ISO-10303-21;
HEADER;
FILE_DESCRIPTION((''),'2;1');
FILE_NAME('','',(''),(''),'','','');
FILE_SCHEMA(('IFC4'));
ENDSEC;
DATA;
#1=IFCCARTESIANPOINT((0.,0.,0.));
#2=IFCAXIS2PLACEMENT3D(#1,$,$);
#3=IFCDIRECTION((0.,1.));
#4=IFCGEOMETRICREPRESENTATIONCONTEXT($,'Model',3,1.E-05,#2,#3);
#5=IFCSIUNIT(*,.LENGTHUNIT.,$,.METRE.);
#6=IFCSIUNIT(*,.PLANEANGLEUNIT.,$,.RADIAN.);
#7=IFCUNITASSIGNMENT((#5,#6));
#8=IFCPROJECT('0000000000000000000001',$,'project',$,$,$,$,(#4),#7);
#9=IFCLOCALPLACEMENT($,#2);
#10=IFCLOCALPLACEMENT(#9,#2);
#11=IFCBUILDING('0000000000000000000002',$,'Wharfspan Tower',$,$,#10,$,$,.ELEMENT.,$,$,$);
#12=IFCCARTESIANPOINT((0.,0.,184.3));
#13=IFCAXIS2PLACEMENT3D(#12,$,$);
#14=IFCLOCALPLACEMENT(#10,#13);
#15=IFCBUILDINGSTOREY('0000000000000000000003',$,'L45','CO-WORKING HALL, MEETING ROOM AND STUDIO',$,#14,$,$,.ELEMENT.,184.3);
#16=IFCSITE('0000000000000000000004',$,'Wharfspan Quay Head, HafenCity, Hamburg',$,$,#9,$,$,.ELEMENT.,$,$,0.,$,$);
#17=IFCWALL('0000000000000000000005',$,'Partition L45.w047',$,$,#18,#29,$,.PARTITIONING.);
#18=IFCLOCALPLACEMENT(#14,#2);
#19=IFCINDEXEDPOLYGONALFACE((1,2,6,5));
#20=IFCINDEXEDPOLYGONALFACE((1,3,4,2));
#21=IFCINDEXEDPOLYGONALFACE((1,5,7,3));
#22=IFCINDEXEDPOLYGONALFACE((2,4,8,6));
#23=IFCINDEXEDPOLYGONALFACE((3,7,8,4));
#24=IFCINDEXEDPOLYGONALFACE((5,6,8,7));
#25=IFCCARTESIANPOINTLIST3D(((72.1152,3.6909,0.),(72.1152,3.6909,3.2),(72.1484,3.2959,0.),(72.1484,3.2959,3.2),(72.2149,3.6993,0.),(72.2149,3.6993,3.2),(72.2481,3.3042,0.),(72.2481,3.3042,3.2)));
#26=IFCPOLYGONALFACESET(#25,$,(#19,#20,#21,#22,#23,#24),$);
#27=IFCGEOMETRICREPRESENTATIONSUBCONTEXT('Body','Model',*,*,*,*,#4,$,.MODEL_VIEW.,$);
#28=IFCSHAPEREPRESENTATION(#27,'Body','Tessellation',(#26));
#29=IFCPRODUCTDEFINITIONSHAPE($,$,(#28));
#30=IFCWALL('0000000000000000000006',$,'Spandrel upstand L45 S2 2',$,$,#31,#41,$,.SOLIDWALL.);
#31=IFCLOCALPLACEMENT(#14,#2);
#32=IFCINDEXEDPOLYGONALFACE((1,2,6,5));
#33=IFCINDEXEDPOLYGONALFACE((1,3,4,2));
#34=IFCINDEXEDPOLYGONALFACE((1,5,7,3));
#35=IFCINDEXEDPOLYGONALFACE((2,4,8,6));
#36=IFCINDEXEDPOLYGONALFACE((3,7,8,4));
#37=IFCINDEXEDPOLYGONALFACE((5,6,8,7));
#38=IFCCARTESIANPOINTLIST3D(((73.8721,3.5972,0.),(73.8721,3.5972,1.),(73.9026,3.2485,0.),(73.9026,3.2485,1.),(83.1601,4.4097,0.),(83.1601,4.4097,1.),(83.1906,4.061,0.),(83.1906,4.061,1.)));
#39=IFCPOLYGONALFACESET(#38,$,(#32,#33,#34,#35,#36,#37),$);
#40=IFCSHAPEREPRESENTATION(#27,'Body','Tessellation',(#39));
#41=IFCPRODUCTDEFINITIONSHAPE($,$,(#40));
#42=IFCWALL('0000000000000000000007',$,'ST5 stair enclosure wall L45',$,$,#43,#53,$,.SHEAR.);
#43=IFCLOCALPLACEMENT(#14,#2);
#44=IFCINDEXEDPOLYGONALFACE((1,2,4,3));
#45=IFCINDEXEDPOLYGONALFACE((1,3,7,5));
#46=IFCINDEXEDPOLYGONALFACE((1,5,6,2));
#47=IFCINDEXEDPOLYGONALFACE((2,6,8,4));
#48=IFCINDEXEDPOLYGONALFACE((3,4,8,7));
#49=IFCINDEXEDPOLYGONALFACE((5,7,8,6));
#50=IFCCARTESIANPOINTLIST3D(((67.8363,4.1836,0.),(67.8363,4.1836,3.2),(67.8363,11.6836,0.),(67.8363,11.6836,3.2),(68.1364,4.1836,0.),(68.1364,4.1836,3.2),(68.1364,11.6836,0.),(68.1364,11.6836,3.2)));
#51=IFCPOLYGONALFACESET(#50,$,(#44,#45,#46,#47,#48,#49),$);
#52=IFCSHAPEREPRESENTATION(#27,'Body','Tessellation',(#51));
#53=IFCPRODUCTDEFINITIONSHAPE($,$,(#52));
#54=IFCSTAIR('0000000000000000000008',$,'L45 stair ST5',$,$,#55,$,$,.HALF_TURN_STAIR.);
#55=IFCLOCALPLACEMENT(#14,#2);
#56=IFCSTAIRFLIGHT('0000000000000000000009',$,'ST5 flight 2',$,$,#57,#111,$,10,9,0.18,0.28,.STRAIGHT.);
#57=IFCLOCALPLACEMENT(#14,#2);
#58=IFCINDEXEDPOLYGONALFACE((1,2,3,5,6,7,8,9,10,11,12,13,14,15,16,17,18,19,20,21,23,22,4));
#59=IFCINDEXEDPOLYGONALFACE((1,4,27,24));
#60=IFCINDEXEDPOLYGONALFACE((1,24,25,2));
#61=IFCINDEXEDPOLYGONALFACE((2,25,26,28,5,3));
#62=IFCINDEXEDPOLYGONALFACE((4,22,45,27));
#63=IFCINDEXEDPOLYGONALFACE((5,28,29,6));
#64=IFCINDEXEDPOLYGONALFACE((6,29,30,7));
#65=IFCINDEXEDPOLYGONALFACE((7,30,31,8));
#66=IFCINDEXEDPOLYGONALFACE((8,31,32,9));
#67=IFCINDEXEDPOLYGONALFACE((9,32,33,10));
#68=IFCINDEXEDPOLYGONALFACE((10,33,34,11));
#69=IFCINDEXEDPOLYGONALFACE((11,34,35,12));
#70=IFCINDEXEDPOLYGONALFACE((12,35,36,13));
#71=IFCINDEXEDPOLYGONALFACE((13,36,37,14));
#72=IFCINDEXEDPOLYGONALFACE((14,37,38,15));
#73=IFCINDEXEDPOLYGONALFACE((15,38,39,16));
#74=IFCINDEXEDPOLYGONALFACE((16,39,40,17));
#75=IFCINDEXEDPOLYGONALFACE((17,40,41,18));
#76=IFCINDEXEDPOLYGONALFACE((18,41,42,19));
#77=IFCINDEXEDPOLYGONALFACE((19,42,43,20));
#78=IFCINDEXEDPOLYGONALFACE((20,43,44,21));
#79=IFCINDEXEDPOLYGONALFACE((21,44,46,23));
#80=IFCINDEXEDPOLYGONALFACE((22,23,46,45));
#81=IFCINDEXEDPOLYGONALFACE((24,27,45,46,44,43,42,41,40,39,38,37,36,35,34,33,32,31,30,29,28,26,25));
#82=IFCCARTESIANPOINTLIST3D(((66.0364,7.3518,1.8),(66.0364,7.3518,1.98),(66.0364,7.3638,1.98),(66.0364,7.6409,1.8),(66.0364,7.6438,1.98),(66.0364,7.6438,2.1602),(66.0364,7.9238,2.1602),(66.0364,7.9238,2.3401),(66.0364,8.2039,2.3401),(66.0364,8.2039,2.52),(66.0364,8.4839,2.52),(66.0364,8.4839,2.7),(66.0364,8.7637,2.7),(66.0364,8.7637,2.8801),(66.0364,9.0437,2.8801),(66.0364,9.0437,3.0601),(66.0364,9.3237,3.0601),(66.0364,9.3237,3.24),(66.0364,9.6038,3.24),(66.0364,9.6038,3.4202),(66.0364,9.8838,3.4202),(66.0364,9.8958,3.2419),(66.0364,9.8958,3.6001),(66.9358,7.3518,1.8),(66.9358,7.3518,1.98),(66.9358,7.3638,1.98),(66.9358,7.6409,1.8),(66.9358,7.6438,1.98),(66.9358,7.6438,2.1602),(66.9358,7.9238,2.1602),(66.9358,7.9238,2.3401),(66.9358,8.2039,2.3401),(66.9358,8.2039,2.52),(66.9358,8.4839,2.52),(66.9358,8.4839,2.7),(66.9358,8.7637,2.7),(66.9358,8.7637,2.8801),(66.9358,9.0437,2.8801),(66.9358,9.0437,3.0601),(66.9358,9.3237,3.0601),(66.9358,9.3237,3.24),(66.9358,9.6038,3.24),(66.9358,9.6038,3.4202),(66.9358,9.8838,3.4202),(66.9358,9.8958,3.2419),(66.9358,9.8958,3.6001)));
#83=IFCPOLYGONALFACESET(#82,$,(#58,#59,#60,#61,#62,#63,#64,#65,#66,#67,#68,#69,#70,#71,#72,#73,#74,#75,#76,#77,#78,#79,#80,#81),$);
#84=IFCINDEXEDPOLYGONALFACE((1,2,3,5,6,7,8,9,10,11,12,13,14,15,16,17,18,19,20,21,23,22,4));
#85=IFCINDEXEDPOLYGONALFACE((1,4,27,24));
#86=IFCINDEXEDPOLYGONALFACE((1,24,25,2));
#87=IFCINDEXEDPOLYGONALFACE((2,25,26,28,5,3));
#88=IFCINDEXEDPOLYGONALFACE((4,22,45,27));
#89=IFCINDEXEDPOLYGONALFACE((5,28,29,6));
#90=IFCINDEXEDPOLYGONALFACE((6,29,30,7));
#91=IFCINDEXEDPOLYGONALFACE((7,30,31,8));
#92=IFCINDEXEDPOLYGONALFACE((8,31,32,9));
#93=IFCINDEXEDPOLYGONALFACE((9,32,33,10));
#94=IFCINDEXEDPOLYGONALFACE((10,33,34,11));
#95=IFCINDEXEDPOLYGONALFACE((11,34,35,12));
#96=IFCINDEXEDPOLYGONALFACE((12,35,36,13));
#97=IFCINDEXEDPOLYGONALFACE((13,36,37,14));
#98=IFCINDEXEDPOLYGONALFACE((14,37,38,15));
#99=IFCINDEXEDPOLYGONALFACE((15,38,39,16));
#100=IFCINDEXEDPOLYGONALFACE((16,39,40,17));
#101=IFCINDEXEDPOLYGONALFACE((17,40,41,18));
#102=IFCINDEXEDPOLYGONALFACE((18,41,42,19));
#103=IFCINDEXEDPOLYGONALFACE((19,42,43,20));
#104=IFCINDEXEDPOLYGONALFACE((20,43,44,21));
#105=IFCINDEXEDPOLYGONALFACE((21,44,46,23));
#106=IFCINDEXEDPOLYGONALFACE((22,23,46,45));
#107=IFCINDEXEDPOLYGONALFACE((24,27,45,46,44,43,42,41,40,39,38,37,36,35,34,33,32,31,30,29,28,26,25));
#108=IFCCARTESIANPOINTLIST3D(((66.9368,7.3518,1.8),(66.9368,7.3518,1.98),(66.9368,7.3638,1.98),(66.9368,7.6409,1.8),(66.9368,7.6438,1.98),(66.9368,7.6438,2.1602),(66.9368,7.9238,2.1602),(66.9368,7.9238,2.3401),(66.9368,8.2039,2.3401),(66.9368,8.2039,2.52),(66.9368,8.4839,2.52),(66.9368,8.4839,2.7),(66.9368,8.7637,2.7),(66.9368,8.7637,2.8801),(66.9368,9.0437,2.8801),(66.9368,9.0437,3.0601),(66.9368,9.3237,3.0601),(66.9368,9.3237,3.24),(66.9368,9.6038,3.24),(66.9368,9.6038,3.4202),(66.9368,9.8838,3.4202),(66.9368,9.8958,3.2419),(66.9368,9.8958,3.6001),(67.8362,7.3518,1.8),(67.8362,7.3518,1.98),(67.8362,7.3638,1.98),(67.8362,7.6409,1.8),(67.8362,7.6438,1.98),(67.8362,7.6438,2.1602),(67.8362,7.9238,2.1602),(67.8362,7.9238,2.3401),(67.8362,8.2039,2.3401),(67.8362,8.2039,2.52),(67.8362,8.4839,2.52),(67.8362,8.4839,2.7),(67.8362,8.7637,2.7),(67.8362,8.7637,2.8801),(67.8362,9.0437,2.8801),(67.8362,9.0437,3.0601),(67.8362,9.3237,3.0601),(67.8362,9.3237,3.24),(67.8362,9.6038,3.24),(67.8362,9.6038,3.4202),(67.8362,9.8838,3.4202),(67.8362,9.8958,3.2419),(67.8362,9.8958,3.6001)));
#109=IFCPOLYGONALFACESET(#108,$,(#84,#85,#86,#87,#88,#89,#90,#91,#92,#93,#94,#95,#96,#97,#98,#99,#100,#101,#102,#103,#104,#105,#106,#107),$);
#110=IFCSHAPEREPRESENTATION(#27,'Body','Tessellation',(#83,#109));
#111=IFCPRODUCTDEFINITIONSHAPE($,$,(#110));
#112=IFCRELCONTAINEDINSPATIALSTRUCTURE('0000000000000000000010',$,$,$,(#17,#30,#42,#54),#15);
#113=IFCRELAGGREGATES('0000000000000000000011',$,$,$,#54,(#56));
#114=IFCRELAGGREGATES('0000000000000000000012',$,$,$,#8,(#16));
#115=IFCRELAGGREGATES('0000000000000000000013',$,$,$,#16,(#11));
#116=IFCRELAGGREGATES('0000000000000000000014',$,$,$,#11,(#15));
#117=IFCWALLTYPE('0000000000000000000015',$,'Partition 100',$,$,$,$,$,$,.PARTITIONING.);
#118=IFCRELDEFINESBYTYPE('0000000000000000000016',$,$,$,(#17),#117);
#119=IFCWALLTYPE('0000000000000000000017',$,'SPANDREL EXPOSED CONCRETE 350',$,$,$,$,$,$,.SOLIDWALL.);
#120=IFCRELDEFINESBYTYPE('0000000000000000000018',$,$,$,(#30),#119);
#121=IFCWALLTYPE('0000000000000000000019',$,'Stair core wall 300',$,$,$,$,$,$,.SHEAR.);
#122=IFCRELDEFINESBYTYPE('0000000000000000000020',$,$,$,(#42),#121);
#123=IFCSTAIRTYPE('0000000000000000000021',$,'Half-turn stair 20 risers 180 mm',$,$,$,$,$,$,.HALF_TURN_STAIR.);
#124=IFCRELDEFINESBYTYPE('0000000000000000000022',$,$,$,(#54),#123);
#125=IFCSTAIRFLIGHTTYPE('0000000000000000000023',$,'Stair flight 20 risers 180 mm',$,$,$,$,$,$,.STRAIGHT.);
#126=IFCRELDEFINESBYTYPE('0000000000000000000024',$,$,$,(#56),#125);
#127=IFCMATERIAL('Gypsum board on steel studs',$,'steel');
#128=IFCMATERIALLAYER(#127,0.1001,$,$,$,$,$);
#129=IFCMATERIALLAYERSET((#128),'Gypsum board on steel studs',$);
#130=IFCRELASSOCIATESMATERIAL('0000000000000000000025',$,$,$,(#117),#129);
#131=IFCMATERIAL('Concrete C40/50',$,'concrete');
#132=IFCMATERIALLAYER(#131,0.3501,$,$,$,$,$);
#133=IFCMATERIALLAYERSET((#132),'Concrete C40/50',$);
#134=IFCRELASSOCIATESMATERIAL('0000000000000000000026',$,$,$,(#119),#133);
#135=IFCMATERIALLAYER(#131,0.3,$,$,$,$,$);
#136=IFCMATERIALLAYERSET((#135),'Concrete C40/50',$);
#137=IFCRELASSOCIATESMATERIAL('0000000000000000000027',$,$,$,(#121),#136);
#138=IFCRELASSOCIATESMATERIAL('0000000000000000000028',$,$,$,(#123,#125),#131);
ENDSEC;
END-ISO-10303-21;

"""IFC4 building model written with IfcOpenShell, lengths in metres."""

from ifc_helpers import new_model, si_unit, direction, frame, frame_2d, origin, place, context, subcontext, project, spatial, polyline, rectangle, outline, extrude, material, layer, layer_set, type_object, element, aggregate, save


model = new_model("IFC4")

# Units and contexts
model_context = context("Model", 3, precision=1e-05, world=origin(), true_north=direction((0.0, 1.0)))
body_context = subcontext(model_context, "Body", "Model", "MODEL_VIEW")
ifc_project = project(units=[si_unit("LENGTHUNIT", "METRE"), si_unit("PLANEANGLEUNIT", "RADIAN")], contexts=[model_context])

# Site, building, storey
site_placement = place(None, origin())
site = spatial("IfcSite", under=ifc_project, at=site_placement, Name="Wharfspan Quay Head, HafenCity, Hamburg", CompositionType="ELEMENT", RefElevation=0.0)
building_placement = place(site_placement, origin())
building = spatial("IfcBuilding", under=site, at=building_placement, Name="Wharfspan Tower", CompositionType="ELEMENT")
storey_placement = place(building_placement, frame((0.0, 0.0, 184.3)))
storey = spatial("IfcBuildingStorey", under=building, at=storey_placement, Name="L45", Description="CO-WORKING HALL, MEETING ROOM AND STUDIO", CompositionType="ELEMENT", Elevation=184.3)

# Walls
ifc_material_1 = material(Name="Gypsum board on steel studs", Category="steel")
ifc_layer_1 = layer(ifc_material_1, 0.1001)
ifc_layer_set_1 = layer_set([ifc_layer_1], Name="Gypsum board on steel studs")
wall_type_1 = type_object("IfcWallType", Name="Partition 100", PredefinedType="PARTITIONING", material=ifc_layer_set_1)
wall_1_placement = place(storey_placement, frame((72.1982, 3.3, 0.0), z_axis=(0.0, 0.0, 1.0), x_axis=(-0.083759, 0.996486, 0.0)))
element("IfcWall", 1, at=wall_1_placement, inside=storey, type_object=wall_type_1, Name="Partition L45.w047", PredefinedType="PARTITIONING", context=body_context, shape_type="SweptSolid", body=[
    extrude(rectangle(XDim=0.3965, YDim=0.1001, at=frame_2d((0.1982, 0.0))), origin(), (0.0, 0.0, 1.0), 3.2),
])
ifc_material_2 = material(Name="Concrete C40/50", Category="concrete")
ifc_layer_2 = layer(ifc_material_2, 0.3501)
ifc_layer_set_2 = layer_set([ifc_layer_2], Name="Concrete C40/50")
wall_type_2 = type_object("IfcWallType", Name="SPANDREL EXPOSED CONCRETE 350", PredefinedType="SOLIDWALL", material=ifc_layer_set_2)
wall_2_placement = place(storey_placement, frame((73.8875, 3.4229, 0.0), z_axis=(0.0, 0.0, 1.0), x_axis=(0.996197, 0.087145, 0.0)))
element("IfcWall", 2, at=wall_2_placement, inside=storey, type_object=wall_type_2, Name="Spandrel upstand L45 S2 2", PredefinedType="SOLIDWALL", context=body_context, shape_type="SweptSolid", body=[
    extrude(rectangle(XDim=9.3235, YDim=0.3501, at=frame_2d((4.6616, 0.0))), origin(), (0.0, 0.0, 1.0), 1.0),
])
ifc_layer_3 = layer(ifc_material_2, 0.3)
ifc_layer_set_3 = layer_set([ifc_layer_3], Name="Concrete C40/50")
wall_type_3 = type_object("IfcWallType", Name="Stair core wall 300", PredefinedType="SHEAR", material=ifc_layer_set_3)
wall_3_placement = place(storey_placement, frame((67.9863, 4.1836, 0.0), z_axis=(0.0, 0.0, 1.0), x_axis=(0.0, 1.0, 0.0)))
element("IfcWall", 3, at=wall_3_placement, inside=storey, type_object=wall_type_3, Name="ST5 stair enclosure wall L45", PredefinedType="SHEAR", context=body_context, shape_type="SweptSolid", body=[
    extrude(rectangle(XDim=7.5, YDim=0.3, at=frame_2d((3.75, 0.0))), origin(), (0.0, 0.0, 1.0), 3.2),
])

# Stair, stair flight
stair_type = type_object("IfcStairType", Name="Half-turn stair 20 risers 180 mm", PredefinedType="HALF_TURN_STAIR", material=ifc_material_2)
stair_placement = place(storey_placement, origin())
stair = element("IfcStair", 4, at=stair_placement, inside=storey, type_object=stair_type, Name="L45 stair ST5", PredefinedType="HALF_TURN_STAIR")
stair_flight_type = type_object("IfcStairFlightType", Name="Stair flight 20 risers 180 mm", PredefinedType="STRAIGHT", material=ifc_material_2)
stair_flight_placement = place(storey_placement, frame((66.9363, 7.3638, 1.8), z_axis=(0.0, 0.0, 1.0), x_axis=(0.0, 1.0, 0.0)))
stair_flight = element("IfcStairFlight", 5, at=stair_flight_placement, type_object=stair_flight_type, Name="ST5 flight 2", NumberOfRisers=10, NumberOfTreads=9, PredefinedType="STRAIGHT", RiserHeight=0.18, TreadLength=0.28, context=body_context, shape_type="SweptSolid", body=[
    extrude(outline(polyline([(-0.012, 0.0), (-0.012, 0.1799), (0.0, 0.1799), (0.28, 0.1799), (0.28, 0.3601), (0.5601, 0.3601), (0.5601, 0.54), (0.8401, 0.54), (0.8401, 0.72), (1.1201, 0.72), (1.1201, 0.8999), (1.3999, 0.8999), (1.3999, 1.0801), (1.6799, 1.0801), (1.6799, 1.26), (1.96, 1.26), (1.96, 1.4399), (2.24, 1.4399), (2.24, 1.6201), (2.52, 1.6201), (2.532, 1.8), (2.532, 1.4419), (0.2771, 0.0), (-0.012, 0.0)])), frame((0.0, 0.8999, 0.0), z_axis=(0.0, -1.0, 0.0), x_axis=(1.0, 0.0, 0.0)), (0.0, 0.0, 1.0), 0.8994),
    extrude(outline(polyline([(-0.012, 0.0), (-0.012, 0.1799), (0.0, 0.1799), (0.28, 0.1799), (0.28, 0.3601), (0.5601, 0.3601), (0.5601, 0.54), (0.8401, 0.54), (0.8401, 0.72), (1.1201, 0.72), (1.1201, 0.8999), (1.3999, 0.8999), (1.3999, 1.0801), (1.6799, 1.0801), (1.6799, 1.26), (1.96, 1.26), (1.96, 1.4399), (2.24, 1.4399), (2.24, 1.6201), (2.52, 1.6201), (2.532, 1.8), (2.532, 1.4419), (0.2771, 0.0), (-0.012, 0.0)])), frame((0.0, -0.0005, 0.0), z_axis=(0.0, -1.0, 0.0), x_axis=(1.0, 0.0, 0.0)), (0.0, 0.0, 1.0), 0.8994),
])
aggregate(stair, [stair_flight])

save(model, "model.ifc")
